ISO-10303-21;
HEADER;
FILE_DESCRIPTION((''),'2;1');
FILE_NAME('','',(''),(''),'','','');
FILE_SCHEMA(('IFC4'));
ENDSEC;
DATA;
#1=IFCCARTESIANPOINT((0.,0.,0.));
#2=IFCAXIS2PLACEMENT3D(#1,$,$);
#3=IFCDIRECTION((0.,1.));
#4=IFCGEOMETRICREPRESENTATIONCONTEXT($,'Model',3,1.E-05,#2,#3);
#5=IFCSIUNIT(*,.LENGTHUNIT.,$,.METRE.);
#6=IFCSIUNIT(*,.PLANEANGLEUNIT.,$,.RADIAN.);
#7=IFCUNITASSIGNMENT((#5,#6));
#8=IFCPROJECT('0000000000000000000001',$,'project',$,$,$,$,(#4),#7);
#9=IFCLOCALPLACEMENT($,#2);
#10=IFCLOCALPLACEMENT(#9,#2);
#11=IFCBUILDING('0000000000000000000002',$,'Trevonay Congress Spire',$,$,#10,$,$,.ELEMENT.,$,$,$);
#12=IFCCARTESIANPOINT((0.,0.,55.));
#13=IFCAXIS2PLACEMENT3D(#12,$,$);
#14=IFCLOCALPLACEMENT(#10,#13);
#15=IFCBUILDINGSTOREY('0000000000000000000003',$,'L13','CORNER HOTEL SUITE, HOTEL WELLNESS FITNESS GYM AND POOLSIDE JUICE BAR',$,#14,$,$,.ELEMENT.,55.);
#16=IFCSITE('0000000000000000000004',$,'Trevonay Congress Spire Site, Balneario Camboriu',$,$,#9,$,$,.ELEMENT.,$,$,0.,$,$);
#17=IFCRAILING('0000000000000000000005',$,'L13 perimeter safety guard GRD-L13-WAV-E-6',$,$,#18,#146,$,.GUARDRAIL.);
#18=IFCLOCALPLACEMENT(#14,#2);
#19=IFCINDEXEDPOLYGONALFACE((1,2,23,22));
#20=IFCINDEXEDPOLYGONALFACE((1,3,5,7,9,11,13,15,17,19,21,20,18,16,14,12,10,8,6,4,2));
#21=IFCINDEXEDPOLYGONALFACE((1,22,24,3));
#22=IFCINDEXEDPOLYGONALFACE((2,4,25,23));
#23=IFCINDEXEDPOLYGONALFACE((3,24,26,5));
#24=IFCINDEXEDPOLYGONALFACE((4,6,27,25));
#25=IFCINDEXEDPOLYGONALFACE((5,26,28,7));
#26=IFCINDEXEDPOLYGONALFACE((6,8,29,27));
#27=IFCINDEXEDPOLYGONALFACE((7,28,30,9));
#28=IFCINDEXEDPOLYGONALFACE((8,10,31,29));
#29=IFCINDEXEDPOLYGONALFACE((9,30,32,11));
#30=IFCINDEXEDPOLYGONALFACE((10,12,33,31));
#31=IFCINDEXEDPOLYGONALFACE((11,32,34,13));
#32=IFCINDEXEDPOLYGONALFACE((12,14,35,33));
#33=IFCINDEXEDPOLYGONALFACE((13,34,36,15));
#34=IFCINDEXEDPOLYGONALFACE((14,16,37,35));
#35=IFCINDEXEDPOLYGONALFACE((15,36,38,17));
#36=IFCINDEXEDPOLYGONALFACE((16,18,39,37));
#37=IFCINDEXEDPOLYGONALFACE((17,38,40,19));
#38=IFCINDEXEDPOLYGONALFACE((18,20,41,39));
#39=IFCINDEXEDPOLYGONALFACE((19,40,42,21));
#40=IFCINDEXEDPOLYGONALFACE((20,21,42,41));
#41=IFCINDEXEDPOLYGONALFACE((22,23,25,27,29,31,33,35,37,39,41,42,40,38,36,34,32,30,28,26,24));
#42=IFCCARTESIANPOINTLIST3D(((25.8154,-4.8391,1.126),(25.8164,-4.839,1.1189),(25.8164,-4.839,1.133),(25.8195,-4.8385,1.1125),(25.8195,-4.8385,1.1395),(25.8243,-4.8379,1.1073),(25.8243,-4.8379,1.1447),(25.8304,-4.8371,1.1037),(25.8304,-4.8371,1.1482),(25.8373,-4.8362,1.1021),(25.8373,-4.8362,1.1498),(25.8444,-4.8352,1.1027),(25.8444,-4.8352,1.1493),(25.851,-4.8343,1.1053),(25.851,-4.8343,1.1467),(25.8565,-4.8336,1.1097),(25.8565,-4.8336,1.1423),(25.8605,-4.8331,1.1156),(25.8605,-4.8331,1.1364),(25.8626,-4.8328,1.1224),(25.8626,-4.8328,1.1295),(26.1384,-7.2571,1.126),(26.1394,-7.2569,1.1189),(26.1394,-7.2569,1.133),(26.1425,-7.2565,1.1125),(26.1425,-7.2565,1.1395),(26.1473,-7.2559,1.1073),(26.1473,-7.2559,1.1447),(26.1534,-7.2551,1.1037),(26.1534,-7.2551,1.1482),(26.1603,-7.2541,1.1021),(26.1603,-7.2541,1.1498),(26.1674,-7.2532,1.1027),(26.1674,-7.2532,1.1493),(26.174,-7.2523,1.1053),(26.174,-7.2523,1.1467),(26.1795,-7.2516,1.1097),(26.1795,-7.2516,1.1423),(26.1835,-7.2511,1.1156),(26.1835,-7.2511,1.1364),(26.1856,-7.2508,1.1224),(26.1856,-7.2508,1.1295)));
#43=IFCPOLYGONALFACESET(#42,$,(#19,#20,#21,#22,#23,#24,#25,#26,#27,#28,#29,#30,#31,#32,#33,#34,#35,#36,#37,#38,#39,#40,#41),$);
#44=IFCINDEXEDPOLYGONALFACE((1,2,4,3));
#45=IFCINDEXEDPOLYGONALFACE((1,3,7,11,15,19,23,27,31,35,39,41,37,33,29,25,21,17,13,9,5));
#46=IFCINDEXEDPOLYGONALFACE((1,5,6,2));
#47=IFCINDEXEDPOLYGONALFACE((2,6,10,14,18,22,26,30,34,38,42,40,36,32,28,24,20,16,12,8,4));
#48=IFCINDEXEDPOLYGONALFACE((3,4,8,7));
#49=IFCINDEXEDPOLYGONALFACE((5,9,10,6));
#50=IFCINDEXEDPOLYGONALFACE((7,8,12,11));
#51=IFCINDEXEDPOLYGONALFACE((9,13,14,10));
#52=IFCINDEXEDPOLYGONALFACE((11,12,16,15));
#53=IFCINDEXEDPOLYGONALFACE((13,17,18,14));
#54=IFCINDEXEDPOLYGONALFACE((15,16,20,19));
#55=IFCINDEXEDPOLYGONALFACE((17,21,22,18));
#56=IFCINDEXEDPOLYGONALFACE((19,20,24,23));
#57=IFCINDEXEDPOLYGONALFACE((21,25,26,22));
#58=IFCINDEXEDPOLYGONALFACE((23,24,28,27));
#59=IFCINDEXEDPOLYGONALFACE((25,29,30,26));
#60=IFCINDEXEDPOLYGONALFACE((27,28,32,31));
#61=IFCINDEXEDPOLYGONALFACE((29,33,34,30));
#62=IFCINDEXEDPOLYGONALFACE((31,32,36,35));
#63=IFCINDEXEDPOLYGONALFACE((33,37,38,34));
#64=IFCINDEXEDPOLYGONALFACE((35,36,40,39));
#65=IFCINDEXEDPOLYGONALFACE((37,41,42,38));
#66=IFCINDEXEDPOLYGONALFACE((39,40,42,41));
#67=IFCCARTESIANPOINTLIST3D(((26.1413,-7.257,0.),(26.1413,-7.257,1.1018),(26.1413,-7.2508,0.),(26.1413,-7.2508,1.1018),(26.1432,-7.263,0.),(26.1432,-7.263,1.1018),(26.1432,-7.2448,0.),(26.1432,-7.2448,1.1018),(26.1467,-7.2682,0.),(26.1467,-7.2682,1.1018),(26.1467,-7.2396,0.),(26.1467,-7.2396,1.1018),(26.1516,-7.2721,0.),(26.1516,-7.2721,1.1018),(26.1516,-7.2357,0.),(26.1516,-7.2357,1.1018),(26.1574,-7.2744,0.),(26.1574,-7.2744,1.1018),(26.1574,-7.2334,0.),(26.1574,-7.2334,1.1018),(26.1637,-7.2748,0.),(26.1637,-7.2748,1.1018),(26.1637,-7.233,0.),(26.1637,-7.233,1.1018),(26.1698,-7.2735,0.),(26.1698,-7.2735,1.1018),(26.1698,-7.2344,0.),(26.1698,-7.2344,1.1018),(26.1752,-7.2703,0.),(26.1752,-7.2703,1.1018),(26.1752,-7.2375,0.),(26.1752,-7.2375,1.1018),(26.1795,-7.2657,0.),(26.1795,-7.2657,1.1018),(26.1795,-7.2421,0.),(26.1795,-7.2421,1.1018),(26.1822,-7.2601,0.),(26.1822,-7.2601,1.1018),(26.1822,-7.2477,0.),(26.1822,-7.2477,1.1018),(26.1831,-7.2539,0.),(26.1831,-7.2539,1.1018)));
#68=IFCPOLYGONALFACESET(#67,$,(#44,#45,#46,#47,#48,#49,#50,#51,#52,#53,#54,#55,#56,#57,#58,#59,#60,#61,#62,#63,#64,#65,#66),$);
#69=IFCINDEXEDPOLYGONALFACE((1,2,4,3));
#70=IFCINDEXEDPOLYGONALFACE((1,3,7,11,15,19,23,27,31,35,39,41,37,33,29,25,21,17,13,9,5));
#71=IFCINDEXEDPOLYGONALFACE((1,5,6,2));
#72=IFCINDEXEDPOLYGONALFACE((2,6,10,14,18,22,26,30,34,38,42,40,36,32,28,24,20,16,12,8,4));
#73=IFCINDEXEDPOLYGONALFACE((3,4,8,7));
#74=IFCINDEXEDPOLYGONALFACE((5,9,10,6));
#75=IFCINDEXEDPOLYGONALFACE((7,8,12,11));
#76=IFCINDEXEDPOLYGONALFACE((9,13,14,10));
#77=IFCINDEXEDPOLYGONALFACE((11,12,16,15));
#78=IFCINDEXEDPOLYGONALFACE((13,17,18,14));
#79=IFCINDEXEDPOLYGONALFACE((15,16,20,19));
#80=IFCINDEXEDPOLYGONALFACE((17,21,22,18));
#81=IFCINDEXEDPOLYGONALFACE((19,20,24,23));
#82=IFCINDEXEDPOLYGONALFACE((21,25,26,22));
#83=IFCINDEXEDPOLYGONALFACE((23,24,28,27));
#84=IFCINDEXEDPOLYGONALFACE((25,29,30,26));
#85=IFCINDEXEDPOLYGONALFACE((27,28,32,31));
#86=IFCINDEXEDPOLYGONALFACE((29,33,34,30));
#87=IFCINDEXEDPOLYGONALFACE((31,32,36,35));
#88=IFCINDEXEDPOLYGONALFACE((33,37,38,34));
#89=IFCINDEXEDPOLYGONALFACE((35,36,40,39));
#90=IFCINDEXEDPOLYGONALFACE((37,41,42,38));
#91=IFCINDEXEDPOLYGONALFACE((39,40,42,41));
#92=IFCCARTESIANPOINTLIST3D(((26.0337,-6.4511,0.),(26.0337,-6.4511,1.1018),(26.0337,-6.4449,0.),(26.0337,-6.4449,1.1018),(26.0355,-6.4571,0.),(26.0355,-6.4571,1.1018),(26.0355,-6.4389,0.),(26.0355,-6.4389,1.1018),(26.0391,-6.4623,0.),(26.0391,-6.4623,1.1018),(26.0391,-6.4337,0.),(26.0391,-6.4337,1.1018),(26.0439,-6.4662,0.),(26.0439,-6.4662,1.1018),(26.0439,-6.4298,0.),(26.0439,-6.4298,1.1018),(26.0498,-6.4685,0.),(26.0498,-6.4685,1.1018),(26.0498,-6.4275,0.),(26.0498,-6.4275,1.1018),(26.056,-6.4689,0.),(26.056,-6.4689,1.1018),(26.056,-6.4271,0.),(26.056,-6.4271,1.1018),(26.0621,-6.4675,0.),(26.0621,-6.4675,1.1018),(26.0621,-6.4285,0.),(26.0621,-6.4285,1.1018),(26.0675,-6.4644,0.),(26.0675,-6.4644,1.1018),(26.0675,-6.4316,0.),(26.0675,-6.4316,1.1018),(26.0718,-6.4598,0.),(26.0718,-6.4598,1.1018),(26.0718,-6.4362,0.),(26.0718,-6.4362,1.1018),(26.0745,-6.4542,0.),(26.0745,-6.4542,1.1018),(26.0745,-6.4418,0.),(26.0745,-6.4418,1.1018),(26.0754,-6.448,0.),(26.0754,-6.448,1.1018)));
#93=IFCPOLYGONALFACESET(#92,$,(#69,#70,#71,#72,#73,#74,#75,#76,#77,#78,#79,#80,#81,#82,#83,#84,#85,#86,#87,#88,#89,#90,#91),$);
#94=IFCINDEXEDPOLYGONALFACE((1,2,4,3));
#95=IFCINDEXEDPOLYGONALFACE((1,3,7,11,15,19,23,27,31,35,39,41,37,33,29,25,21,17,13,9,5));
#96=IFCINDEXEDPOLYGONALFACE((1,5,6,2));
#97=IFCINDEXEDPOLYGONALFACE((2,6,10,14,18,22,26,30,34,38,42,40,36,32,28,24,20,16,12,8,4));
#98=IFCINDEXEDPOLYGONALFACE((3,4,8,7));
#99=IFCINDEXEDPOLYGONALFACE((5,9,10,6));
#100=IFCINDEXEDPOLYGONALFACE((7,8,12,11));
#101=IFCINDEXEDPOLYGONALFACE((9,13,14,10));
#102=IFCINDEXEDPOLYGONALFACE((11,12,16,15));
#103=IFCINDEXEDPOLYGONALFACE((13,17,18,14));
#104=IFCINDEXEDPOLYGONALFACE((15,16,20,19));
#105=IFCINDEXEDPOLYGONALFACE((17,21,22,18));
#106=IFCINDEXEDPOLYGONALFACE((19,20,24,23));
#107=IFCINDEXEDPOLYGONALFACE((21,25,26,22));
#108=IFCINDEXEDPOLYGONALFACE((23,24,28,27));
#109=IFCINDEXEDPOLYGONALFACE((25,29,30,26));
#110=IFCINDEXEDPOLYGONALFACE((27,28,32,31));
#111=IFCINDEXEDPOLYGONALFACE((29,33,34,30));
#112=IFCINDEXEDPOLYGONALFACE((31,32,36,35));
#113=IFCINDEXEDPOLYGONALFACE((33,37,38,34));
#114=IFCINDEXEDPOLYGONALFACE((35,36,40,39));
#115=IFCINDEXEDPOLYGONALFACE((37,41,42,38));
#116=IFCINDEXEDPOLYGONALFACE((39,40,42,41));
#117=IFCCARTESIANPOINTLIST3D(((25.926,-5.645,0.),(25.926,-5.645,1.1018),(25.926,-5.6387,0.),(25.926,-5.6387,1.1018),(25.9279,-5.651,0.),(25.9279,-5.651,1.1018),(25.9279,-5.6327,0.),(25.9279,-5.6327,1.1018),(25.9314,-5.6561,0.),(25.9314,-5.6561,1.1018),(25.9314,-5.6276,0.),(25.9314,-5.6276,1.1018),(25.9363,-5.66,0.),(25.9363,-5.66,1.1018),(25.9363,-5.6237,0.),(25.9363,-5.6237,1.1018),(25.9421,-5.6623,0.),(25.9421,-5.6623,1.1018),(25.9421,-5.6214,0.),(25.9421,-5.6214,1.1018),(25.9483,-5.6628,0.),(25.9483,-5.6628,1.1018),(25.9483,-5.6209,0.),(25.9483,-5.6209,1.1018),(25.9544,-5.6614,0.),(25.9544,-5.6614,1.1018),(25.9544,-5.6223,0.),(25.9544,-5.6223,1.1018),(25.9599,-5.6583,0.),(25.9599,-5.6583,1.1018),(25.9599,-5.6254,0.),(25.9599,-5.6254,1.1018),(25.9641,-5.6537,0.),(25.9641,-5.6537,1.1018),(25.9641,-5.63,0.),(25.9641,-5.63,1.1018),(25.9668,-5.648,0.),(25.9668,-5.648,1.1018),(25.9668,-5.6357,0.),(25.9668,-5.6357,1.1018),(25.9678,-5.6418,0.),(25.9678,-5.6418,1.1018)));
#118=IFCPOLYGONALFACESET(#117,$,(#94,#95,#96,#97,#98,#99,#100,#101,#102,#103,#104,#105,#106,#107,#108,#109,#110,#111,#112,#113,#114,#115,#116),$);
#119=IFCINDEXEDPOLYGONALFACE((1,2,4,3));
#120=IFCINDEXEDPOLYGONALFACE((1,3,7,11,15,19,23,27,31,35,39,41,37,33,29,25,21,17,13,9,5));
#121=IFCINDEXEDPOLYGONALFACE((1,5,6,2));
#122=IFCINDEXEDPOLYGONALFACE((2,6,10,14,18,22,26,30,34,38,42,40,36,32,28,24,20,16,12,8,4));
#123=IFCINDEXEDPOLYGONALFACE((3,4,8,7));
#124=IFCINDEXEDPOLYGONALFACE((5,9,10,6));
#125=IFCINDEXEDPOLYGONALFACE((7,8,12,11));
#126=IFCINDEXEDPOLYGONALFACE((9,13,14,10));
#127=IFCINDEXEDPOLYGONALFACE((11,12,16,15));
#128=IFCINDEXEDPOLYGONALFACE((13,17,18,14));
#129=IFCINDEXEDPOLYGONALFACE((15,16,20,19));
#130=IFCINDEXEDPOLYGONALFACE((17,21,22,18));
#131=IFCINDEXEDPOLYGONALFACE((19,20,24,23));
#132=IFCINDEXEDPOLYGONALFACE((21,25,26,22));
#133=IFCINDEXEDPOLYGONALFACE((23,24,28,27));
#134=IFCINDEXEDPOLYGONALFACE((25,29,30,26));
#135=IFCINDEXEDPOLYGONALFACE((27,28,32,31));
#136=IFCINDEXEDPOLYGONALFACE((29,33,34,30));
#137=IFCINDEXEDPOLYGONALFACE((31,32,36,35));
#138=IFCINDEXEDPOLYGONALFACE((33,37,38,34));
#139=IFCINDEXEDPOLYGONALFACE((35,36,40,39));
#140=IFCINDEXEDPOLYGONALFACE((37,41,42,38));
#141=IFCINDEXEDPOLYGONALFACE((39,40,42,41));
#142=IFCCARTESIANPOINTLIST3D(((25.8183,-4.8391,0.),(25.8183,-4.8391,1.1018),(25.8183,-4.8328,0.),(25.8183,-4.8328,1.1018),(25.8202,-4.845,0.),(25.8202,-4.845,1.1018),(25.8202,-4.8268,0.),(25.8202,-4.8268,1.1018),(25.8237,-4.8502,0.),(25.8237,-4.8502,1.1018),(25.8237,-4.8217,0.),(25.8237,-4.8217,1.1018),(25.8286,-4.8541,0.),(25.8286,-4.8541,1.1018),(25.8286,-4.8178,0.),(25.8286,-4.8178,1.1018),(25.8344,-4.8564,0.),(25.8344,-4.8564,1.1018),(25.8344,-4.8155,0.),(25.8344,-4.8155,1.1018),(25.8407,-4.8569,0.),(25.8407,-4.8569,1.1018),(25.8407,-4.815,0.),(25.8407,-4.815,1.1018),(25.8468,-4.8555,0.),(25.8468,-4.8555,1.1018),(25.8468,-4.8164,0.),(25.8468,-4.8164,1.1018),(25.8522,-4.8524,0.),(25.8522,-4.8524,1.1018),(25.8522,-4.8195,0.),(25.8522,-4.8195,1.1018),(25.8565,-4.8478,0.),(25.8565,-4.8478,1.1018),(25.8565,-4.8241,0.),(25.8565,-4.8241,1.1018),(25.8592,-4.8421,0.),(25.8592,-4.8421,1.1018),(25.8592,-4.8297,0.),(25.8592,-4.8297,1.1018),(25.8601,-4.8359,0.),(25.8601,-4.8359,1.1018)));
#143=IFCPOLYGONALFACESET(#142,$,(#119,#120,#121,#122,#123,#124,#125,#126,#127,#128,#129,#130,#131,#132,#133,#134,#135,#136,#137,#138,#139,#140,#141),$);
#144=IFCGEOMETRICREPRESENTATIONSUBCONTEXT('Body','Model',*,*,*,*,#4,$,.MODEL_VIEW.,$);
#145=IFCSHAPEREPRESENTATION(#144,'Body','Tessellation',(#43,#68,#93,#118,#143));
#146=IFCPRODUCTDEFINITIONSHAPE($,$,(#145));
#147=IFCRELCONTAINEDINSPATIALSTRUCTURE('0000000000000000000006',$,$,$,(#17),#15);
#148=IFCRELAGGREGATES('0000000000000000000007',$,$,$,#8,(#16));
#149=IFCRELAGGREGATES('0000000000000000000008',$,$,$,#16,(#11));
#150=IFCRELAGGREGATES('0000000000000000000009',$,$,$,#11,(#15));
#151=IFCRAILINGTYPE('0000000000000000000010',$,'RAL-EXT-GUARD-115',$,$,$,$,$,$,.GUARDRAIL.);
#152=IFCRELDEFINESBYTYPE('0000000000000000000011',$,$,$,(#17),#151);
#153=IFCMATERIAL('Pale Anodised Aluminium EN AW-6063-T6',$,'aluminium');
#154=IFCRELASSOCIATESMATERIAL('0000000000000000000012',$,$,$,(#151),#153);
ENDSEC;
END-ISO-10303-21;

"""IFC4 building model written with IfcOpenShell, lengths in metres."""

from ifc_helpers import new_model, si_unit, direction, frame, origin, origin_2d, place, context, subcontext, project, spatial, circle, extrude, material, type_object, element, save


model = new_model("IFC4")

# Units and contexts
model_context = context("Model", 3, precision=1e-05, world=origin(), true_north=direction((0.0, 1.0)))
body_context = subcontext(model_context, "Body", "Model", "MODEL_VIEW")
ifc_project = project(units=[si_unit("LENGTHUNIT", "METRE"), si_unit("PLANEANGLEUNIT", "RADIAN")], contexts=[model_context])

# Site, building, storey
site_placement = place(None, origin())
site = spatial("IfcSite", under=ifc_project, at=site_placement, Name="Trevonay Congress Spire Site, Balneario Camboriu", CompositionType="ELEMENT", RefElevation=0.0)
building_placement = place(site_placement, origin())
building = spatial("IfcBuilding", under=site, at=building_placement, Name="Trevonay Congress Spire", CompositionType="ELEMENT")
storey_placement = place(building_placement, frame((0.0, 0.0, 55.0)))
storey = spatial("IfcBuildingStorey", under=building, at=storey_placement, Name="L13", Description="CORNER HOTEL SUITE, HOTEL WELLNESS FITNESS GYM AND POOLSIDE JUICE BAR", CompositionType="ELEMENT", Elevation=55.0)

# Shared definitions
ifc_material_1 = material(Name="Pale Anodised Aluminium EN AW-6063-T6", Category="aluminium")

# Railing
railing_type = type_object("IfcRailingType", Name="RAL-EXT-GUARD-115", PredefinedType="GUARDRAIL", material=ifc_material_1)
railing_1_placement = place(storey_placement, frame((26.1621, -7.2539, 0.0)))
element("IfcRailing", 1, at=railing_1_placement, inside=storey, type_object=railing_type, Name="L13 perimeter safety guard GRD-L13-WAV-E-6", PredefinedType="GUARDRAIL", context=body_context, shape_type="SweptSolid", body=[
    extrude(circle(Radius=0.0239, at=origin_2d()), frame((0.0, 0.0, 1.126), z_axis=(-0.132406, 0.991196, 0.0), x_axis=(-0.991196, -0.132406, 0.0)), (0.0, 0.0, 1.0), 2.4395),
    extrude(circle(Radius=0.021, at=origin_2d()), origin(), (0.0, 0.0, 1.0), 1.1018),
    extrude(circle(Radius=0.021, at=origin_2d()), frame((-0.1077, 0.8059, 0.0)), (0.0, 0.0, 1.0), 1.1018),
    extrude(circle(Radius=0.021, at=origin_2d()), frame((-0.2153, 1.6121, 0.0)), (0.0, 0.0, 1.0), 1.1018),
    extrude(circle(Radius=0.021, at=origin_2d()), frame((-0.323, 2.418, 0.0)), (0.0, 0.0, 1.0), 1.1018),
])

save(model, "model.ifc")
